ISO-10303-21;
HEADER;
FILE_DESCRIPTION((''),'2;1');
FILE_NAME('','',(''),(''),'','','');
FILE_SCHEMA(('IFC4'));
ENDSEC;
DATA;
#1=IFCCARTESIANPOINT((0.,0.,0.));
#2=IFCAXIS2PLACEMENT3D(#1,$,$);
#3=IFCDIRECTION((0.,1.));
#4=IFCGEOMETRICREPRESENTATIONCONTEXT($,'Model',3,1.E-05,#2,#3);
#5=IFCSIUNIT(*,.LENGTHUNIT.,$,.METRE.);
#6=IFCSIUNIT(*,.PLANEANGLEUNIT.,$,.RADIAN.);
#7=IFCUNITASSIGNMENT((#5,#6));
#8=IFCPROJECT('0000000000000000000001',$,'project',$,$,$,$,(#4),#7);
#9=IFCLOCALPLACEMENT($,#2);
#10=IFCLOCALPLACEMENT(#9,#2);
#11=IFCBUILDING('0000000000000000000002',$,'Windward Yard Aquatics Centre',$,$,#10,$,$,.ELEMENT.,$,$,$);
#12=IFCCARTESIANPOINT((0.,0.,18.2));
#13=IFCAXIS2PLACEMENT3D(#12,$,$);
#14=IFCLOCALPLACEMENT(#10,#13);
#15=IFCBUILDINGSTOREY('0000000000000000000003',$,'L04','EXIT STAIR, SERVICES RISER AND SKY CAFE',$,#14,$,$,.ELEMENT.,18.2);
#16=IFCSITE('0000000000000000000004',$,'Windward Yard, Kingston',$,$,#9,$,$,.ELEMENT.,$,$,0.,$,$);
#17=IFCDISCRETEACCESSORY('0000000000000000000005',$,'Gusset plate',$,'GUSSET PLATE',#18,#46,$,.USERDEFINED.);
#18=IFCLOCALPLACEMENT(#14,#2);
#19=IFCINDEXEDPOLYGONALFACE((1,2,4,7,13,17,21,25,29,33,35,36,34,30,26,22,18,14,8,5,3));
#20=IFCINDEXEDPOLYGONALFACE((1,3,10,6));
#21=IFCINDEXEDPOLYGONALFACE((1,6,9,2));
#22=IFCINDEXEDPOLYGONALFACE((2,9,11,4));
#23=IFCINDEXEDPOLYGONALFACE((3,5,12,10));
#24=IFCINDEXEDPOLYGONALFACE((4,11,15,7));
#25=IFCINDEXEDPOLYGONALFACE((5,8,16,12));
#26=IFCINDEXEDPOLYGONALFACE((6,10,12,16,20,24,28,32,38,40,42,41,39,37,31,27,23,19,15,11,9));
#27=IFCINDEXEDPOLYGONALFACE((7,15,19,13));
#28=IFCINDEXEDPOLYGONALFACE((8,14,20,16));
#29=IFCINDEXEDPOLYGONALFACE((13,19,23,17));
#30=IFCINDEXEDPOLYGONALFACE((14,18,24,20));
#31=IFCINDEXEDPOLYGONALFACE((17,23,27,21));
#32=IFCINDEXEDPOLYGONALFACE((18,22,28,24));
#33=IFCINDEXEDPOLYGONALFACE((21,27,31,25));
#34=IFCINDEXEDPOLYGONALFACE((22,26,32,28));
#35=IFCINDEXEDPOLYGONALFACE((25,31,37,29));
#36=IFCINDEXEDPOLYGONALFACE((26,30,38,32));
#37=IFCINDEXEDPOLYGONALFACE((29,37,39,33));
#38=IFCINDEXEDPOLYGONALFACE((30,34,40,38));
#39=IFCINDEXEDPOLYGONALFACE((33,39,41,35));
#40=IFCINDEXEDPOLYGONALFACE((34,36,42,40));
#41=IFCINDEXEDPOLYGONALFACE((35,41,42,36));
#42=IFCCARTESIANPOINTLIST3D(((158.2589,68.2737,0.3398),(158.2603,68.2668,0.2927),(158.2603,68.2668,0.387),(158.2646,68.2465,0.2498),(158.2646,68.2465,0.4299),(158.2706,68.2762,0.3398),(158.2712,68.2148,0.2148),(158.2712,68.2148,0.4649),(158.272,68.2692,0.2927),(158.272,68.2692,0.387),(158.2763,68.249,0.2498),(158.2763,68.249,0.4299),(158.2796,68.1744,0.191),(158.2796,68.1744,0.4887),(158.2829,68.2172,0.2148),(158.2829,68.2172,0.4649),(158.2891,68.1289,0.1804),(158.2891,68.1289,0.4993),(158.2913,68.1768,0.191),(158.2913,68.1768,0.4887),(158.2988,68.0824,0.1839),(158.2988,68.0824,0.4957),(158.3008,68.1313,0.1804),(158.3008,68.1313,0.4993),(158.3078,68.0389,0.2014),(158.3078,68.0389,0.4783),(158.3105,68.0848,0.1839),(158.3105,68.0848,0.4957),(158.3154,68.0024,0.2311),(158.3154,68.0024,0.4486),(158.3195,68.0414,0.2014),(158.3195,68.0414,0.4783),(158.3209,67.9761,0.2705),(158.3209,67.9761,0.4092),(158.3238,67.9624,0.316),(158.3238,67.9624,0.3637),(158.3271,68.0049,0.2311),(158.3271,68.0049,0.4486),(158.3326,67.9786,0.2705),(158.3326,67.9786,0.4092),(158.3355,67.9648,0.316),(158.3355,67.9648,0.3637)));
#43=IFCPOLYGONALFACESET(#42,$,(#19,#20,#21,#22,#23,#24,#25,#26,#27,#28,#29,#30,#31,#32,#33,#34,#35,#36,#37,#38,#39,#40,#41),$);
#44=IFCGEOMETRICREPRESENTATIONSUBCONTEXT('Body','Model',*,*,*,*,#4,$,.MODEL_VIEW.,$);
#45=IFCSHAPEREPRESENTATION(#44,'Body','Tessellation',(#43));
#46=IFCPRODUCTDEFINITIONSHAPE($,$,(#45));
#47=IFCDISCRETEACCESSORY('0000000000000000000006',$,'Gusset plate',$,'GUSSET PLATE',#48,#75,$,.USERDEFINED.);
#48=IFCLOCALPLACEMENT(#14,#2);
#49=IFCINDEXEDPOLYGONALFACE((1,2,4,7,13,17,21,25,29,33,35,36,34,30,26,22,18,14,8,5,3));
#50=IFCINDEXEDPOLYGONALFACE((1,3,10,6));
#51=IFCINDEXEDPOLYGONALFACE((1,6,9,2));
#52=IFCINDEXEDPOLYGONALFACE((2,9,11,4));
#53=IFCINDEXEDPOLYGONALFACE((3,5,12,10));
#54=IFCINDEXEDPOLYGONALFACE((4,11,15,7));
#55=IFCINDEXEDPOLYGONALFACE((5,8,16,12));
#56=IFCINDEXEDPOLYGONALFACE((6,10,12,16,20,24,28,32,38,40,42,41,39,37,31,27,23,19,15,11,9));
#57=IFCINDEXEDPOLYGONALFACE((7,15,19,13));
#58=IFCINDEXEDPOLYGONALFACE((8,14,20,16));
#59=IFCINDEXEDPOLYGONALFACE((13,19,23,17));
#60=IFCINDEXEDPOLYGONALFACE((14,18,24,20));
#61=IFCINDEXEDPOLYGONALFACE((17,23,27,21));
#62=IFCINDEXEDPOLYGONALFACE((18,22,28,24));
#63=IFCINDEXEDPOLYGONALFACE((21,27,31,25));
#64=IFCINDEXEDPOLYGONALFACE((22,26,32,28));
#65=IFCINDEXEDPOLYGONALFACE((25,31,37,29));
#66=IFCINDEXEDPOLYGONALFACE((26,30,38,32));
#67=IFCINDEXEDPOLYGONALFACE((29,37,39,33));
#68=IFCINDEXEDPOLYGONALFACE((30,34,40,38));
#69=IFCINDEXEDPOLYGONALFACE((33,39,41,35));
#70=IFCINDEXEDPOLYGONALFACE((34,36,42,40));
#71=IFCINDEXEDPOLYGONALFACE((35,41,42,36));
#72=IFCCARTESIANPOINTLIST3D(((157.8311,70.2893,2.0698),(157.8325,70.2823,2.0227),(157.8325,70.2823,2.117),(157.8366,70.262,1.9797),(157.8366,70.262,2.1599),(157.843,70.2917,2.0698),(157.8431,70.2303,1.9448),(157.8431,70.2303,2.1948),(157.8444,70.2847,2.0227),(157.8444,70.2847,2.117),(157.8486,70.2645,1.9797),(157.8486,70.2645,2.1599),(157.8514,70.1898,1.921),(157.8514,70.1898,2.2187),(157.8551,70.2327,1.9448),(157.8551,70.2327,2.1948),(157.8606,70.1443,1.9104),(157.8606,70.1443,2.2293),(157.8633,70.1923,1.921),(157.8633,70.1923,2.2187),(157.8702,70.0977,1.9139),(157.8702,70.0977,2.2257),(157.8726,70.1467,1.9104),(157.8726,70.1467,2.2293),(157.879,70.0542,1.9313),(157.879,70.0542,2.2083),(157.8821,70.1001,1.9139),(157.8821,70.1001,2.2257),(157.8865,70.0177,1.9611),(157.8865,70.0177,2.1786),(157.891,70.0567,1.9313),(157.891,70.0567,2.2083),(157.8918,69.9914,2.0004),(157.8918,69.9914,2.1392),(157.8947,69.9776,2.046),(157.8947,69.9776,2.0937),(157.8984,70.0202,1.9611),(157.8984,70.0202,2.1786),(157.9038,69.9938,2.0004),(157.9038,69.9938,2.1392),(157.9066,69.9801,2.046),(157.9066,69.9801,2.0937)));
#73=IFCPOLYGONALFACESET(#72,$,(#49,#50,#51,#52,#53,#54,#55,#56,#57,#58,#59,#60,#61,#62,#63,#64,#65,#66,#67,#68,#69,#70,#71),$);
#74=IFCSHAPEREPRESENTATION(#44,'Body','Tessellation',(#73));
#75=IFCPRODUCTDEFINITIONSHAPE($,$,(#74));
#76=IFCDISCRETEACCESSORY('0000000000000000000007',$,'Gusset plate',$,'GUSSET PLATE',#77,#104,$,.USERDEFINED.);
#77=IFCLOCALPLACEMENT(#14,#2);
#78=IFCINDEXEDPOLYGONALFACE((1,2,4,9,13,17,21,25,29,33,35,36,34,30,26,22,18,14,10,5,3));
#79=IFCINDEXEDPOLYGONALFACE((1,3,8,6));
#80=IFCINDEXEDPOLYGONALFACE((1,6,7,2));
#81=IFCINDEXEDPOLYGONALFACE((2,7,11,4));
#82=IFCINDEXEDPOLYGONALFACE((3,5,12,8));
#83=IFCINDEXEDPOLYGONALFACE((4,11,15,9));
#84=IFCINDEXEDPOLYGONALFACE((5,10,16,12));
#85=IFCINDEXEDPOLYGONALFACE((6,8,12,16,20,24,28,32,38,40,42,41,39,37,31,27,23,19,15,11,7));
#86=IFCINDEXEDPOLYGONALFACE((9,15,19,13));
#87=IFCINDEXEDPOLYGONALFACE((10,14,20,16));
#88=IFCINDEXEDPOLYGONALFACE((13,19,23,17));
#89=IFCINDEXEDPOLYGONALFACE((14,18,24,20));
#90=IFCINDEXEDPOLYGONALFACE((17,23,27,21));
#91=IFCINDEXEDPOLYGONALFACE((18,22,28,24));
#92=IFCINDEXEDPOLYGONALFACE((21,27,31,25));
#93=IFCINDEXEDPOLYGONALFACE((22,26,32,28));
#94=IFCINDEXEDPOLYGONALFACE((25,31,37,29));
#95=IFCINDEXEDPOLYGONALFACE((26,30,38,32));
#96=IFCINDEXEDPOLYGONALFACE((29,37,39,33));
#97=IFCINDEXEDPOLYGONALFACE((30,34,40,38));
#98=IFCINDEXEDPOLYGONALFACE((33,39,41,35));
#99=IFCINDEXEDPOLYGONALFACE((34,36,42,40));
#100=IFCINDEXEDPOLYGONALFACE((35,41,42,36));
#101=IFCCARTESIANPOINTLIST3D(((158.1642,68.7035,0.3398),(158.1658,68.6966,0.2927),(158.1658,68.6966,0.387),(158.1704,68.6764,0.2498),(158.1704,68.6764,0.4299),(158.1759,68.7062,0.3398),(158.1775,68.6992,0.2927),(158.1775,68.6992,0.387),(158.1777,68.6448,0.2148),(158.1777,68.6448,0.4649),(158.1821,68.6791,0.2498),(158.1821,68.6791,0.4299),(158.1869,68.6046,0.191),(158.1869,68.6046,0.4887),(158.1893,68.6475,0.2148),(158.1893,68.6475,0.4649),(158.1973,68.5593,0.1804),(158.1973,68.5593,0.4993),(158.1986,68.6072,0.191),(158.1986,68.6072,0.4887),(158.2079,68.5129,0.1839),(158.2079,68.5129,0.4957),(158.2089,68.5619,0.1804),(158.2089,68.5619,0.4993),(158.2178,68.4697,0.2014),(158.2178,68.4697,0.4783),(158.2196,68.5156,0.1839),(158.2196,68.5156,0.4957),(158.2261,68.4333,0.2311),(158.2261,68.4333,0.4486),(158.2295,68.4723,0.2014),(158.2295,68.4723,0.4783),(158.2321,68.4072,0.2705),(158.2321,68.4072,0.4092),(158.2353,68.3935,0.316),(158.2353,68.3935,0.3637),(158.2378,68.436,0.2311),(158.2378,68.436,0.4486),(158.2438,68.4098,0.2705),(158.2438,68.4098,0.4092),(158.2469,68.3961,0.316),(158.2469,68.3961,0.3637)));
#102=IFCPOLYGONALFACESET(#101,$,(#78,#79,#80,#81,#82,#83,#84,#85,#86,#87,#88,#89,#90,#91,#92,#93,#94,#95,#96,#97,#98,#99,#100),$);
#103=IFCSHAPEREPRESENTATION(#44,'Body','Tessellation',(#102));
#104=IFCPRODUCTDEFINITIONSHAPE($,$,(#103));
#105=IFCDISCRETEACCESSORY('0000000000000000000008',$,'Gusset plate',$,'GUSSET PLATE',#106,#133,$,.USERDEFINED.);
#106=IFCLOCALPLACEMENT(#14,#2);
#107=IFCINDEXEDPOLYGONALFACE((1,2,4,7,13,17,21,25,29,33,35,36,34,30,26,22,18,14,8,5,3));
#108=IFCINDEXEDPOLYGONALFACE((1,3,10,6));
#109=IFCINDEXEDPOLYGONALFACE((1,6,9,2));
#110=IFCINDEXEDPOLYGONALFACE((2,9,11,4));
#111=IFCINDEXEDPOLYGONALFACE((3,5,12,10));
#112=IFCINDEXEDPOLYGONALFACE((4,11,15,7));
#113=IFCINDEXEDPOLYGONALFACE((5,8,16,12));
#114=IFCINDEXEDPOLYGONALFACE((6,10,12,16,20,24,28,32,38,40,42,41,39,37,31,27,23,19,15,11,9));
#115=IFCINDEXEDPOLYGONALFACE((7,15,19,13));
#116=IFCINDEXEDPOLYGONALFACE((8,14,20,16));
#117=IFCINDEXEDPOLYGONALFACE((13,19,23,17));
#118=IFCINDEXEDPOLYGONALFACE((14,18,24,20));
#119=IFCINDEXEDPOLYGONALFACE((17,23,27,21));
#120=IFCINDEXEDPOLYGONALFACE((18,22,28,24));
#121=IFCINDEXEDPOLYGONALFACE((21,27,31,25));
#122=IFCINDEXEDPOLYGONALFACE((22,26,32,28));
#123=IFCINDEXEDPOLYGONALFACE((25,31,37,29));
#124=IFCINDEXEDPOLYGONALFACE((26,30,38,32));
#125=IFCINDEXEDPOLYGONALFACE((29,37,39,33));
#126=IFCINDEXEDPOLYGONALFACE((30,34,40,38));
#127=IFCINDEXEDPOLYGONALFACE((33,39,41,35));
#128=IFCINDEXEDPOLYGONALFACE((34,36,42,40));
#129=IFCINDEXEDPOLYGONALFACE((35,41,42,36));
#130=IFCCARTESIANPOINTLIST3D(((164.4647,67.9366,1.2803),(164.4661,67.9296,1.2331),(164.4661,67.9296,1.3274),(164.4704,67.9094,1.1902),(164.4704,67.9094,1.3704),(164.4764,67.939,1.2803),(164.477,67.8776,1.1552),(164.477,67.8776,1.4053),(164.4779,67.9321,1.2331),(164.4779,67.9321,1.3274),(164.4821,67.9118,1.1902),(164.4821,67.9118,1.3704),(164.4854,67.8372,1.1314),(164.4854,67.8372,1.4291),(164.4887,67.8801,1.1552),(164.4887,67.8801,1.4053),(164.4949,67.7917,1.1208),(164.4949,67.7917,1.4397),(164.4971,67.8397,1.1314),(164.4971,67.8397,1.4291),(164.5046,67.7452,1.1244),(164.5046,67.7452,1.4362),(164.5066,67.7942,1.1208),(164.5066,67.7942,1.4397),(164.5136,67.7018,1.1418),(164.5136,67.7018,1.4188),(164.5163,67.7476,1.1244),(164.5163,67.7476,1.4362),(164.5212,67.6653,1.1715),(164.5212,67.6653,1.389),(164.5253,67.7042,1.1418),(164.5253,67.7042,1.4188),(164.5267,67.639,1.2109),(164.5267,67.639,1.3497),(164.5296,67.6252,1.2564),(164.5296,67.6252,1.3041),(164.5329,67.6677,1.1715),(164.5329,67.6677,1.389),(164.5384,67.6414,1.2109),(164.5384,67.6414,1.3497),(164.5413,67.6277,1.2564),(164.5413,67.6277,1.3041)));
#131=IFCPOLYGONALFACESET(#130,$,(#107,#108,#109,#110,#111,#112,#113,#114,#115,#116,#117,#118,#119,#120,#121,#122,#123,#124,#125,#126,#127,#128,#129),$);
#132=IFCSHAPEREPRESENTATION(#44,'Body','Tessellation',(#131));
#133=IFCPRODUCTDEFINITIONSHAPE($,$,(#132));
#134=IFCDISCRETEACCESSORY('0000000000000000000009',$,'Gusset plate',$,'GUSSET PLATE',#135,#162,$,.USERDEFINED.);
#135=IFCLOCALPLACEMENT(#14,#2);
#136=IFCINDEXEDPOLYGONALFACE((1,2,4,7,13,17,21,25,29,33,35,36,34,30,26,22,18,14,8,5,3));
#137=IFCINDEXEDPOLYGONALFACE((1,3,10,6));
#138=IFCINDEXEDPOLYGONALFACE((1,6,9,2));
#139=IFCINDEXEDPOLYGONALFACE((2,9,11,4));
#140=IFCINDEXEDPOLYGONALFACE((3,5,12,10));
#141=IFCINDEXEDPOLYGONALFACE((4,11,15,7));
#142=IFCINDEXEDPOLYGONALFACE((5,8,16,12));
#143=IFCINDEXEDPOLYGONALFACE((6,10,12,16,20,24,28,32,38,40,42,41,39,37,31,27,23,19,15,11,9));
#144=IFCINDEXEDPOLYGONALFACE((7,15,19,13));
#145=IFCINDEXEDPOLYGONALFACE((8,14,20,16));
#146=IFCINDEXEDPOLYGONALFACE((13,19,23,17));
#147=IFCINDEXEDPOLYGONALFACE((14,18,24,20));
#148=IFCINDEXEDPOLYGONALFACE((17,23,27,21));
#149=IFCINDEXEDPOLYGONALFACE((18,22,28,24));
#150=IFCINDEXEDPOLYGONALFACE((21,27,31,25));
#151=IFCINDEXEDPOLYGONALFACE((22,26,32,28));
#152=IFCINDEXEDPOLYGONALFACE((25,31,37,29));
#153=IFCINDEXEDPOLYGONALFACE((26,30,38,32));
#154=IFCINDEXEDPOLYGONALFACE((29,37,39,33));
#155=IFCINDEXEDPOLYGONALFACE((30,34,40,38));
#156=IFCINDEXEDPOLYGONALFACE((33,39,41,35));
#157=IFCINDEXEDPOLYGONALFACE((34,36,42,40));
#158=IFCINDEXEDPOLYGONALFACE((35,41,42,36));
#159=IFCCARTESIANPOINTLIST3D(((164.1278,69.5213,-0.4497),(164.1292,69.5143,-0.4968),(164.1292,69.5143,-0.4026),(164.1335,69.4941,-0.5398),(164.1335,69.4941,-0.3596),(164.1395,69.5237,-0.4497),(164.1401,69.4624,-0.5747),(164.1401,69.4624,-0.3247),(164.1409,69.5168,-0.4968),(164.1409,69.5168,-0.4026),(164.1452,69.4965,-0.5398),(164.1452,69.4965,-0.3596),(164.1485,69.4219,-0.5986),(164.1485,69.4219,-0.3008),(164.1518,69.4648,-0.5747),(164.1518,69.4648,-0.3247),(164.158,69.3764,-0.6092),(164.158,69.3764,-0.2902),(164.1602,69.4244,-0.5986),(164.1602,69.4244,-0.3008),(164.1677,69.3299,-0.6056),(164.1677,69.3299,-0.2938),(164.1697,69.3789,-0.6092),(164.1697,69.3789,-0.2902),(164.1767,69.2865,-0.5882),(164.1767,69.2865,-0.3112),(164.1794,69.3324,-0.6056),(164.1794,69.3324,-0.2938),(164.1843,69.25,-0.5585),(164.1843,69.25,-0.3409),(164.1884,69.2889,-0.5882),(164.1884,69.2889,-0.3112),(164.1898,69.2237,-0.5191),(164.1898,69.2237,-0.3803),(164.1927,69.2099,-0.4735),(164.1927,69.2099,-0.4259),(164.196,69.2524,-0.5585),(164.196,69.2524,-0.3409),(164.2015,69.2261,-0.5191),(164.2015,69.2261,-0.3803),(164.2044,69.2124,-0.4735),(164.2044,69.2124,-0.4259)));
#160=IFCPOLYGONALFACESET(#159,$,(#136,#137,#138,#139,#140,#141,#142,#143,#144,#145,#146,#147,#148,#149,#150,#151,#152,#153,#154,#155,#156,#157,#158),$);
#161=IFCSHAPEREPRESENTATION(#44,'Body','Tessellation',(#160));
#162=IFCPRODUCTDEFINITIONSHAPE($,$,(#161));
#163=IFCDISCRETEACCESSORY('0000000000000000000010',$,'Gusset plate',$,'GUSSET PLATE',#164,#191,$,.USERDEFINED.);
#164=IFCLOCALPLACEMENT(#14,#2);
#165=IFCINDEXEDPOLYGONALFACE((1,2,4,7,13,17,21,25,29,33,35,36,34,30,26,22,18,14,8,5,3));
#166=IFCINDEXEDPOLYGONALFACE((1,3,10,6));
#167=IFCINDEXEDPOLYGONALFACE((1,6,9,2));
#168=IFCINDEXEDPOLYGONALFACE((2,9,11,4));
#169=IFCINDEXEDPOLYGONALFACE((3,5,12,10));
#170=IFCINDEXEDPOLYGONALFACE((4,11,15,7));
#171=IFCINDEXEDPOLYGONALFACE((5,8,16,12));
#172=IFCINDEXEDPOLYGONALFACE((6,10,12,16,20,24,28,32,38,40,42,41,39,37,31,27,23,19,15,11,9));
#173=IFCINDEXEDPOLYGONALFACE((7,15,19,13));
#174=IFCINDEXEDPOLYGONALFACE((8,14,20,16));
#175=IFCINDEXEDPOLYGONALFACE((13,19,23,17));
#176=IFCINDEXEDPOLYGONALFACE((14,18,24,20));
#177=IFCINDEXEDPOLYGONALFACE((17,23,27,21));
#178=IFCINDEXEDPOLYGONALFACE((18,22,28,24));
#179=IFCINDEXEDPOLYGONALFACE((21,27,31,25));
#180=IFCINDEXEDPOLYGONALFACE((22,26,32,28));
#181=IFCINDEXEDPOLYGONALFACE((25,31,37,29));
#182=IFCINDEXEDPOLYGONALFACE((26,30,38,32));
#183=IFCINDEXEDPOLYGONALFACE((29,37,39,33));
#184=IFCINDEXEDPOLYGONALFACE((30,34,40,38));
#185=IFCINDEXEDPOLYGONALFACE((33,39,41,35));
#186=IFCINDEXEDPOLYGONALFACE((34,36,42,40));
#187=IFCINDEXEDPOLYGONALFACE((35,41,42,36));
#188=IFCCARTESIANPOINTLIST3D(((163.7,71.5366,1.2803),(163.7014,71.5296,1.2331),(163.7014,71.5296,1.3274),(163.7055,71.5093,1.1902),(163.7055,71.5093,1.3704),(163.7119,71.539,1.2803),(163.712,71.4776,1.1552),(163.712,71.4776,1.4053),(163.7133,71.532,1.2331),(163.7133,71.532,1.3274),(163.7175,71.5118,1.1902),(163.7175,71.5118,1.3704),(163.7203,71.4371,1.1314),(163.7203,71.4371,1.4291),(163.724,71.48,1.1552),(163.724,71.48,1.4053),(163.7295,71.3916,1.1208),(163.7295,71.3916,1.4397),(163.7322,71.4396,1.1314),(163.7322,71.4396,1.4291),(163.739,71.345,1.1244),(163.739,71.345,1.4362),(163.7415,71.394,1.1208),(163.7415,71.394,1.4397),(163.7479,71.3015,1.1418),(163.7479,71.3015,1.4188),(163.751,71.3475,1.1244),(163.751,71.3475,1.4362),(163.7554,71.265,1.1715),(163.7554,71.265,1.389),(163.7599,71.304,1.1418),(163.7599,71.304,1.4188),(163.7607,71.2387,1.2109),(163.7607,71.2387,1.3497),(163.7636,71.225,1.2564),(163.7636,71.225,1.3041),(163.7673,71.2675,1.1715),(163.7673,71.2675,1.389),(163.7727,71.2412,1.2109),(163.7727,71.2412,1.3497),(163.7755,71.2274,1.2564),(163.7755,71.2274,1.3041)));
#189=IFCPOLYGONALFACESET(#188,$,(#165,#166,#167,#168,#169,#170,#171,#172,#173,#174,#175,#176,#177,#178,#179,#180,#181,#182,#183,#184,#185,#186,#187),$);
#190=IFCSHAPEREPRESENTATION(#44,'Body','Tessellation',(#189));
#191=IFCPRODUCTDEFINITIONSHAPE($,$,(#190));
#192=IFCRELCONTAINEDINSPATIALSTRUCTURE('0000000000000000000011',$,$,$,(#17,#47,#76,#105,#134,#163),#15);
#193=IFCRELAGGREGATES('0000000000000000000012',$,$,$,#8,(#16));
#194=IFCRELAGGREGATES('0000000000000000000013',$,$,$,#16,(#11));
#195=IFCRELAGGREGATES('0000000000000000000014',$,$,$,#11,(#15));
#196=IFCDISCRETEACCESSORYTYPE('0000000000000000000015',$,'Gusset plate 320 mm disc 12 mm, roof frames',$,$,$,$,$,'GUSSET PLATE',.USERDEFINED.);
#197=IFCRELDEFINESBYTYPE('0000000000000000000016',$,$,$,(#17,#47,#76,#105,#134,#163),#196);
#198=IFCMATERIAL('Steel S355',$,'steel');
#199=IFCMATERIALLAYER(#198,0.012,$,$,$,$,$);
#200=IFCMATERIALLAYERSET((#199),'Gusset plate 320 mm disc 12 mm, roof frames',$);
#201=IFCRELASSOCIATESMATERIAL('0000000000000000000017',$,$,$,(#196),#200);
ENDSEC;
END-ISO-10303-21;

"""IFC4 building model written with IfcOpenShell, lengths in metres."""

from ifc_helpers import new_model, si_unit, direction, frame, origin, origin_2d, place, context, subcontext, project, spatial, circle, extrude, material, layer, layer_set, type_object, element, save


model = new_model("IFC4")

# Units and contexts
model_context = context("Model", 3, precision=1e-05, world=origin(), true_north=direction((0.0, 1.0)))
body_context = subcontext(model_context, "Body", "Model", "MODEL_VIEW")
ifc_project = project(units=[si_unit("LENGTHUNIT", "METRE"), si_unit("PLANEANGLEUNIT", "RADIAN")], contexts=[model_context])

# Site, building, storey
site_placement = place(None, origin())
site = spatial("IfcSite", under=ifc_project, at=site_placement, Name="Windward Yard, Kingston", CompositionType="ELEMENT", RefElevation=0.0)
building_placement = place(site_placement, origin())
building = spatial("IfcBuilding", under=site, at=building_placement, Name="Windward Yard Aquatics Centre", CompositionType="ELEMENT")
storey_placement = place(building_placement, frame((0.0, 0.0, 18.2)))
storey = spatial("IfcBuildingStorey", under=building, at=storey_placement, Name="L04", Description="EXIT STAIR, SERVICES RISER AND SKY CAFE", CompositionType="ELEMENT", Elevation=18.2)

# Discrete accessories
ifc_material_1 = material(Name="Steel S355", Category="steel")
ifc_layer_1 = layer(ifc_material_1, 0.012)
ifc_layer_set_1 = layer_set([ifc_layer_1], Name="Gusset plate 320 mm disc 12 mm, roof frames")
discrete_accessory_type_1 = type_object("IfcDiscreteAccessoryType", Name="Gusset plate 320 mm disc 12 mm, roof frames", ElementType="GUSSET PLATE", PredefinedType="USERDEFINED", material=ifc_layer_set_1)
discrete_accessory_1_placement = place(storey_placement, frame((158.2915, 68.1172, 0.3398), z_axis=(0.97898, 0.203954, 0.0), x_axis=(-0.203954, 0.97898, 0.0)))
element("IfcDiscreteAccessory", 1, at=discrete_accessory_1_placement, inside=storey, type_object=discrete_accessory_type_1, Name="Gusset plate", ObjectType="GUSSET PLATE", PredefinedType="USERDEFINED", context=body_context, shape_type="SweptSolid", body=[
    extrude(circle(Radius=0.1599, at=origin_2d()), origin(), (0.0, 0.0, 1.0), 0.012),
])
discrete_accessory_2_placement = place(storey_placement, frame((157.863, 70.1326, 2.0698), z_axis=(0.979804, 0.19996, 0.0), x_axis=(-0.19996, 0.979804, 0.0)))
element("IfcDiscreteAccessory", 2, at=discrete_accessory_2_placement, inside=storey, type_object=discrete_accessory_type_1, Name="Gusset plate", ObjectType="GUSSET PLATE", PredefinedType="USERDEFINED", context=body_context, shape_type="SweptSolid", body=[
    extrude(circle(Radius=0.1599, at=origin_2d()), origin(), (0.0, 0.0, 1.0), 0.0122),
])
for number, where, z_axis, x_axis, name in (
    (3, (158.2, 68.5476, 0.3398), (0.974732, 0.223376, 0.0), (-0.223376, 0.974732, 0.0), "Gusset plate"),
    (4, (164.4973, 67.78, 1.2803), (0.97898, 0.203954, 0.0), (-0.203954, 0.97898, 0.0), "Gusset plate"),
    (5, (164.1604, 69.3647, -0.4497), (0.97898, 0.203954, 0.0), (-0.203954, 0.97898, 0.0), "Gusset plate"),
):
    element("IfcDiscreteAccessory", number, at=place(storey_placement, frame(where, z_axis=z_axis, x_axis=x_axis)), inside=storey, type_object=discrete_accessory_type_1, Name=name, ObjectType="GUSSET PLATE", PredefinedType="USERDEFINED", context=body_context, shape_type="SweptSolid", body=[
        extrude(circle(Radius=0.1599, at=origin_2d()), origin(), (0.0, 0.0, 1.0), 0.012),
    ])
discrete_accessory_3_placement = place(storey_placement, frame((163.7319, 71.3799, 1.2803), z_axis=(0.979804, 0.19996, 0.0), x_axis=(-0.19996, 0.979804, 0.0)))
element("IfcDiscreteAccessory", 6, at=discrete_accessory_3_placement, inside=storey, type_object=discrete_accessory_type_1, Name="Gusset plate", ObjectType="GUSSET PLATE", PredefinedType="USERDEFINED", context=body_context, shape_type="SweptSolid", body=[
    extrude(circle(Radius=0.1599, at=origin_2d()), origin(), (0.0, 0.0, 1.0), 0.0122),
])

save(model, "model.ifc")
